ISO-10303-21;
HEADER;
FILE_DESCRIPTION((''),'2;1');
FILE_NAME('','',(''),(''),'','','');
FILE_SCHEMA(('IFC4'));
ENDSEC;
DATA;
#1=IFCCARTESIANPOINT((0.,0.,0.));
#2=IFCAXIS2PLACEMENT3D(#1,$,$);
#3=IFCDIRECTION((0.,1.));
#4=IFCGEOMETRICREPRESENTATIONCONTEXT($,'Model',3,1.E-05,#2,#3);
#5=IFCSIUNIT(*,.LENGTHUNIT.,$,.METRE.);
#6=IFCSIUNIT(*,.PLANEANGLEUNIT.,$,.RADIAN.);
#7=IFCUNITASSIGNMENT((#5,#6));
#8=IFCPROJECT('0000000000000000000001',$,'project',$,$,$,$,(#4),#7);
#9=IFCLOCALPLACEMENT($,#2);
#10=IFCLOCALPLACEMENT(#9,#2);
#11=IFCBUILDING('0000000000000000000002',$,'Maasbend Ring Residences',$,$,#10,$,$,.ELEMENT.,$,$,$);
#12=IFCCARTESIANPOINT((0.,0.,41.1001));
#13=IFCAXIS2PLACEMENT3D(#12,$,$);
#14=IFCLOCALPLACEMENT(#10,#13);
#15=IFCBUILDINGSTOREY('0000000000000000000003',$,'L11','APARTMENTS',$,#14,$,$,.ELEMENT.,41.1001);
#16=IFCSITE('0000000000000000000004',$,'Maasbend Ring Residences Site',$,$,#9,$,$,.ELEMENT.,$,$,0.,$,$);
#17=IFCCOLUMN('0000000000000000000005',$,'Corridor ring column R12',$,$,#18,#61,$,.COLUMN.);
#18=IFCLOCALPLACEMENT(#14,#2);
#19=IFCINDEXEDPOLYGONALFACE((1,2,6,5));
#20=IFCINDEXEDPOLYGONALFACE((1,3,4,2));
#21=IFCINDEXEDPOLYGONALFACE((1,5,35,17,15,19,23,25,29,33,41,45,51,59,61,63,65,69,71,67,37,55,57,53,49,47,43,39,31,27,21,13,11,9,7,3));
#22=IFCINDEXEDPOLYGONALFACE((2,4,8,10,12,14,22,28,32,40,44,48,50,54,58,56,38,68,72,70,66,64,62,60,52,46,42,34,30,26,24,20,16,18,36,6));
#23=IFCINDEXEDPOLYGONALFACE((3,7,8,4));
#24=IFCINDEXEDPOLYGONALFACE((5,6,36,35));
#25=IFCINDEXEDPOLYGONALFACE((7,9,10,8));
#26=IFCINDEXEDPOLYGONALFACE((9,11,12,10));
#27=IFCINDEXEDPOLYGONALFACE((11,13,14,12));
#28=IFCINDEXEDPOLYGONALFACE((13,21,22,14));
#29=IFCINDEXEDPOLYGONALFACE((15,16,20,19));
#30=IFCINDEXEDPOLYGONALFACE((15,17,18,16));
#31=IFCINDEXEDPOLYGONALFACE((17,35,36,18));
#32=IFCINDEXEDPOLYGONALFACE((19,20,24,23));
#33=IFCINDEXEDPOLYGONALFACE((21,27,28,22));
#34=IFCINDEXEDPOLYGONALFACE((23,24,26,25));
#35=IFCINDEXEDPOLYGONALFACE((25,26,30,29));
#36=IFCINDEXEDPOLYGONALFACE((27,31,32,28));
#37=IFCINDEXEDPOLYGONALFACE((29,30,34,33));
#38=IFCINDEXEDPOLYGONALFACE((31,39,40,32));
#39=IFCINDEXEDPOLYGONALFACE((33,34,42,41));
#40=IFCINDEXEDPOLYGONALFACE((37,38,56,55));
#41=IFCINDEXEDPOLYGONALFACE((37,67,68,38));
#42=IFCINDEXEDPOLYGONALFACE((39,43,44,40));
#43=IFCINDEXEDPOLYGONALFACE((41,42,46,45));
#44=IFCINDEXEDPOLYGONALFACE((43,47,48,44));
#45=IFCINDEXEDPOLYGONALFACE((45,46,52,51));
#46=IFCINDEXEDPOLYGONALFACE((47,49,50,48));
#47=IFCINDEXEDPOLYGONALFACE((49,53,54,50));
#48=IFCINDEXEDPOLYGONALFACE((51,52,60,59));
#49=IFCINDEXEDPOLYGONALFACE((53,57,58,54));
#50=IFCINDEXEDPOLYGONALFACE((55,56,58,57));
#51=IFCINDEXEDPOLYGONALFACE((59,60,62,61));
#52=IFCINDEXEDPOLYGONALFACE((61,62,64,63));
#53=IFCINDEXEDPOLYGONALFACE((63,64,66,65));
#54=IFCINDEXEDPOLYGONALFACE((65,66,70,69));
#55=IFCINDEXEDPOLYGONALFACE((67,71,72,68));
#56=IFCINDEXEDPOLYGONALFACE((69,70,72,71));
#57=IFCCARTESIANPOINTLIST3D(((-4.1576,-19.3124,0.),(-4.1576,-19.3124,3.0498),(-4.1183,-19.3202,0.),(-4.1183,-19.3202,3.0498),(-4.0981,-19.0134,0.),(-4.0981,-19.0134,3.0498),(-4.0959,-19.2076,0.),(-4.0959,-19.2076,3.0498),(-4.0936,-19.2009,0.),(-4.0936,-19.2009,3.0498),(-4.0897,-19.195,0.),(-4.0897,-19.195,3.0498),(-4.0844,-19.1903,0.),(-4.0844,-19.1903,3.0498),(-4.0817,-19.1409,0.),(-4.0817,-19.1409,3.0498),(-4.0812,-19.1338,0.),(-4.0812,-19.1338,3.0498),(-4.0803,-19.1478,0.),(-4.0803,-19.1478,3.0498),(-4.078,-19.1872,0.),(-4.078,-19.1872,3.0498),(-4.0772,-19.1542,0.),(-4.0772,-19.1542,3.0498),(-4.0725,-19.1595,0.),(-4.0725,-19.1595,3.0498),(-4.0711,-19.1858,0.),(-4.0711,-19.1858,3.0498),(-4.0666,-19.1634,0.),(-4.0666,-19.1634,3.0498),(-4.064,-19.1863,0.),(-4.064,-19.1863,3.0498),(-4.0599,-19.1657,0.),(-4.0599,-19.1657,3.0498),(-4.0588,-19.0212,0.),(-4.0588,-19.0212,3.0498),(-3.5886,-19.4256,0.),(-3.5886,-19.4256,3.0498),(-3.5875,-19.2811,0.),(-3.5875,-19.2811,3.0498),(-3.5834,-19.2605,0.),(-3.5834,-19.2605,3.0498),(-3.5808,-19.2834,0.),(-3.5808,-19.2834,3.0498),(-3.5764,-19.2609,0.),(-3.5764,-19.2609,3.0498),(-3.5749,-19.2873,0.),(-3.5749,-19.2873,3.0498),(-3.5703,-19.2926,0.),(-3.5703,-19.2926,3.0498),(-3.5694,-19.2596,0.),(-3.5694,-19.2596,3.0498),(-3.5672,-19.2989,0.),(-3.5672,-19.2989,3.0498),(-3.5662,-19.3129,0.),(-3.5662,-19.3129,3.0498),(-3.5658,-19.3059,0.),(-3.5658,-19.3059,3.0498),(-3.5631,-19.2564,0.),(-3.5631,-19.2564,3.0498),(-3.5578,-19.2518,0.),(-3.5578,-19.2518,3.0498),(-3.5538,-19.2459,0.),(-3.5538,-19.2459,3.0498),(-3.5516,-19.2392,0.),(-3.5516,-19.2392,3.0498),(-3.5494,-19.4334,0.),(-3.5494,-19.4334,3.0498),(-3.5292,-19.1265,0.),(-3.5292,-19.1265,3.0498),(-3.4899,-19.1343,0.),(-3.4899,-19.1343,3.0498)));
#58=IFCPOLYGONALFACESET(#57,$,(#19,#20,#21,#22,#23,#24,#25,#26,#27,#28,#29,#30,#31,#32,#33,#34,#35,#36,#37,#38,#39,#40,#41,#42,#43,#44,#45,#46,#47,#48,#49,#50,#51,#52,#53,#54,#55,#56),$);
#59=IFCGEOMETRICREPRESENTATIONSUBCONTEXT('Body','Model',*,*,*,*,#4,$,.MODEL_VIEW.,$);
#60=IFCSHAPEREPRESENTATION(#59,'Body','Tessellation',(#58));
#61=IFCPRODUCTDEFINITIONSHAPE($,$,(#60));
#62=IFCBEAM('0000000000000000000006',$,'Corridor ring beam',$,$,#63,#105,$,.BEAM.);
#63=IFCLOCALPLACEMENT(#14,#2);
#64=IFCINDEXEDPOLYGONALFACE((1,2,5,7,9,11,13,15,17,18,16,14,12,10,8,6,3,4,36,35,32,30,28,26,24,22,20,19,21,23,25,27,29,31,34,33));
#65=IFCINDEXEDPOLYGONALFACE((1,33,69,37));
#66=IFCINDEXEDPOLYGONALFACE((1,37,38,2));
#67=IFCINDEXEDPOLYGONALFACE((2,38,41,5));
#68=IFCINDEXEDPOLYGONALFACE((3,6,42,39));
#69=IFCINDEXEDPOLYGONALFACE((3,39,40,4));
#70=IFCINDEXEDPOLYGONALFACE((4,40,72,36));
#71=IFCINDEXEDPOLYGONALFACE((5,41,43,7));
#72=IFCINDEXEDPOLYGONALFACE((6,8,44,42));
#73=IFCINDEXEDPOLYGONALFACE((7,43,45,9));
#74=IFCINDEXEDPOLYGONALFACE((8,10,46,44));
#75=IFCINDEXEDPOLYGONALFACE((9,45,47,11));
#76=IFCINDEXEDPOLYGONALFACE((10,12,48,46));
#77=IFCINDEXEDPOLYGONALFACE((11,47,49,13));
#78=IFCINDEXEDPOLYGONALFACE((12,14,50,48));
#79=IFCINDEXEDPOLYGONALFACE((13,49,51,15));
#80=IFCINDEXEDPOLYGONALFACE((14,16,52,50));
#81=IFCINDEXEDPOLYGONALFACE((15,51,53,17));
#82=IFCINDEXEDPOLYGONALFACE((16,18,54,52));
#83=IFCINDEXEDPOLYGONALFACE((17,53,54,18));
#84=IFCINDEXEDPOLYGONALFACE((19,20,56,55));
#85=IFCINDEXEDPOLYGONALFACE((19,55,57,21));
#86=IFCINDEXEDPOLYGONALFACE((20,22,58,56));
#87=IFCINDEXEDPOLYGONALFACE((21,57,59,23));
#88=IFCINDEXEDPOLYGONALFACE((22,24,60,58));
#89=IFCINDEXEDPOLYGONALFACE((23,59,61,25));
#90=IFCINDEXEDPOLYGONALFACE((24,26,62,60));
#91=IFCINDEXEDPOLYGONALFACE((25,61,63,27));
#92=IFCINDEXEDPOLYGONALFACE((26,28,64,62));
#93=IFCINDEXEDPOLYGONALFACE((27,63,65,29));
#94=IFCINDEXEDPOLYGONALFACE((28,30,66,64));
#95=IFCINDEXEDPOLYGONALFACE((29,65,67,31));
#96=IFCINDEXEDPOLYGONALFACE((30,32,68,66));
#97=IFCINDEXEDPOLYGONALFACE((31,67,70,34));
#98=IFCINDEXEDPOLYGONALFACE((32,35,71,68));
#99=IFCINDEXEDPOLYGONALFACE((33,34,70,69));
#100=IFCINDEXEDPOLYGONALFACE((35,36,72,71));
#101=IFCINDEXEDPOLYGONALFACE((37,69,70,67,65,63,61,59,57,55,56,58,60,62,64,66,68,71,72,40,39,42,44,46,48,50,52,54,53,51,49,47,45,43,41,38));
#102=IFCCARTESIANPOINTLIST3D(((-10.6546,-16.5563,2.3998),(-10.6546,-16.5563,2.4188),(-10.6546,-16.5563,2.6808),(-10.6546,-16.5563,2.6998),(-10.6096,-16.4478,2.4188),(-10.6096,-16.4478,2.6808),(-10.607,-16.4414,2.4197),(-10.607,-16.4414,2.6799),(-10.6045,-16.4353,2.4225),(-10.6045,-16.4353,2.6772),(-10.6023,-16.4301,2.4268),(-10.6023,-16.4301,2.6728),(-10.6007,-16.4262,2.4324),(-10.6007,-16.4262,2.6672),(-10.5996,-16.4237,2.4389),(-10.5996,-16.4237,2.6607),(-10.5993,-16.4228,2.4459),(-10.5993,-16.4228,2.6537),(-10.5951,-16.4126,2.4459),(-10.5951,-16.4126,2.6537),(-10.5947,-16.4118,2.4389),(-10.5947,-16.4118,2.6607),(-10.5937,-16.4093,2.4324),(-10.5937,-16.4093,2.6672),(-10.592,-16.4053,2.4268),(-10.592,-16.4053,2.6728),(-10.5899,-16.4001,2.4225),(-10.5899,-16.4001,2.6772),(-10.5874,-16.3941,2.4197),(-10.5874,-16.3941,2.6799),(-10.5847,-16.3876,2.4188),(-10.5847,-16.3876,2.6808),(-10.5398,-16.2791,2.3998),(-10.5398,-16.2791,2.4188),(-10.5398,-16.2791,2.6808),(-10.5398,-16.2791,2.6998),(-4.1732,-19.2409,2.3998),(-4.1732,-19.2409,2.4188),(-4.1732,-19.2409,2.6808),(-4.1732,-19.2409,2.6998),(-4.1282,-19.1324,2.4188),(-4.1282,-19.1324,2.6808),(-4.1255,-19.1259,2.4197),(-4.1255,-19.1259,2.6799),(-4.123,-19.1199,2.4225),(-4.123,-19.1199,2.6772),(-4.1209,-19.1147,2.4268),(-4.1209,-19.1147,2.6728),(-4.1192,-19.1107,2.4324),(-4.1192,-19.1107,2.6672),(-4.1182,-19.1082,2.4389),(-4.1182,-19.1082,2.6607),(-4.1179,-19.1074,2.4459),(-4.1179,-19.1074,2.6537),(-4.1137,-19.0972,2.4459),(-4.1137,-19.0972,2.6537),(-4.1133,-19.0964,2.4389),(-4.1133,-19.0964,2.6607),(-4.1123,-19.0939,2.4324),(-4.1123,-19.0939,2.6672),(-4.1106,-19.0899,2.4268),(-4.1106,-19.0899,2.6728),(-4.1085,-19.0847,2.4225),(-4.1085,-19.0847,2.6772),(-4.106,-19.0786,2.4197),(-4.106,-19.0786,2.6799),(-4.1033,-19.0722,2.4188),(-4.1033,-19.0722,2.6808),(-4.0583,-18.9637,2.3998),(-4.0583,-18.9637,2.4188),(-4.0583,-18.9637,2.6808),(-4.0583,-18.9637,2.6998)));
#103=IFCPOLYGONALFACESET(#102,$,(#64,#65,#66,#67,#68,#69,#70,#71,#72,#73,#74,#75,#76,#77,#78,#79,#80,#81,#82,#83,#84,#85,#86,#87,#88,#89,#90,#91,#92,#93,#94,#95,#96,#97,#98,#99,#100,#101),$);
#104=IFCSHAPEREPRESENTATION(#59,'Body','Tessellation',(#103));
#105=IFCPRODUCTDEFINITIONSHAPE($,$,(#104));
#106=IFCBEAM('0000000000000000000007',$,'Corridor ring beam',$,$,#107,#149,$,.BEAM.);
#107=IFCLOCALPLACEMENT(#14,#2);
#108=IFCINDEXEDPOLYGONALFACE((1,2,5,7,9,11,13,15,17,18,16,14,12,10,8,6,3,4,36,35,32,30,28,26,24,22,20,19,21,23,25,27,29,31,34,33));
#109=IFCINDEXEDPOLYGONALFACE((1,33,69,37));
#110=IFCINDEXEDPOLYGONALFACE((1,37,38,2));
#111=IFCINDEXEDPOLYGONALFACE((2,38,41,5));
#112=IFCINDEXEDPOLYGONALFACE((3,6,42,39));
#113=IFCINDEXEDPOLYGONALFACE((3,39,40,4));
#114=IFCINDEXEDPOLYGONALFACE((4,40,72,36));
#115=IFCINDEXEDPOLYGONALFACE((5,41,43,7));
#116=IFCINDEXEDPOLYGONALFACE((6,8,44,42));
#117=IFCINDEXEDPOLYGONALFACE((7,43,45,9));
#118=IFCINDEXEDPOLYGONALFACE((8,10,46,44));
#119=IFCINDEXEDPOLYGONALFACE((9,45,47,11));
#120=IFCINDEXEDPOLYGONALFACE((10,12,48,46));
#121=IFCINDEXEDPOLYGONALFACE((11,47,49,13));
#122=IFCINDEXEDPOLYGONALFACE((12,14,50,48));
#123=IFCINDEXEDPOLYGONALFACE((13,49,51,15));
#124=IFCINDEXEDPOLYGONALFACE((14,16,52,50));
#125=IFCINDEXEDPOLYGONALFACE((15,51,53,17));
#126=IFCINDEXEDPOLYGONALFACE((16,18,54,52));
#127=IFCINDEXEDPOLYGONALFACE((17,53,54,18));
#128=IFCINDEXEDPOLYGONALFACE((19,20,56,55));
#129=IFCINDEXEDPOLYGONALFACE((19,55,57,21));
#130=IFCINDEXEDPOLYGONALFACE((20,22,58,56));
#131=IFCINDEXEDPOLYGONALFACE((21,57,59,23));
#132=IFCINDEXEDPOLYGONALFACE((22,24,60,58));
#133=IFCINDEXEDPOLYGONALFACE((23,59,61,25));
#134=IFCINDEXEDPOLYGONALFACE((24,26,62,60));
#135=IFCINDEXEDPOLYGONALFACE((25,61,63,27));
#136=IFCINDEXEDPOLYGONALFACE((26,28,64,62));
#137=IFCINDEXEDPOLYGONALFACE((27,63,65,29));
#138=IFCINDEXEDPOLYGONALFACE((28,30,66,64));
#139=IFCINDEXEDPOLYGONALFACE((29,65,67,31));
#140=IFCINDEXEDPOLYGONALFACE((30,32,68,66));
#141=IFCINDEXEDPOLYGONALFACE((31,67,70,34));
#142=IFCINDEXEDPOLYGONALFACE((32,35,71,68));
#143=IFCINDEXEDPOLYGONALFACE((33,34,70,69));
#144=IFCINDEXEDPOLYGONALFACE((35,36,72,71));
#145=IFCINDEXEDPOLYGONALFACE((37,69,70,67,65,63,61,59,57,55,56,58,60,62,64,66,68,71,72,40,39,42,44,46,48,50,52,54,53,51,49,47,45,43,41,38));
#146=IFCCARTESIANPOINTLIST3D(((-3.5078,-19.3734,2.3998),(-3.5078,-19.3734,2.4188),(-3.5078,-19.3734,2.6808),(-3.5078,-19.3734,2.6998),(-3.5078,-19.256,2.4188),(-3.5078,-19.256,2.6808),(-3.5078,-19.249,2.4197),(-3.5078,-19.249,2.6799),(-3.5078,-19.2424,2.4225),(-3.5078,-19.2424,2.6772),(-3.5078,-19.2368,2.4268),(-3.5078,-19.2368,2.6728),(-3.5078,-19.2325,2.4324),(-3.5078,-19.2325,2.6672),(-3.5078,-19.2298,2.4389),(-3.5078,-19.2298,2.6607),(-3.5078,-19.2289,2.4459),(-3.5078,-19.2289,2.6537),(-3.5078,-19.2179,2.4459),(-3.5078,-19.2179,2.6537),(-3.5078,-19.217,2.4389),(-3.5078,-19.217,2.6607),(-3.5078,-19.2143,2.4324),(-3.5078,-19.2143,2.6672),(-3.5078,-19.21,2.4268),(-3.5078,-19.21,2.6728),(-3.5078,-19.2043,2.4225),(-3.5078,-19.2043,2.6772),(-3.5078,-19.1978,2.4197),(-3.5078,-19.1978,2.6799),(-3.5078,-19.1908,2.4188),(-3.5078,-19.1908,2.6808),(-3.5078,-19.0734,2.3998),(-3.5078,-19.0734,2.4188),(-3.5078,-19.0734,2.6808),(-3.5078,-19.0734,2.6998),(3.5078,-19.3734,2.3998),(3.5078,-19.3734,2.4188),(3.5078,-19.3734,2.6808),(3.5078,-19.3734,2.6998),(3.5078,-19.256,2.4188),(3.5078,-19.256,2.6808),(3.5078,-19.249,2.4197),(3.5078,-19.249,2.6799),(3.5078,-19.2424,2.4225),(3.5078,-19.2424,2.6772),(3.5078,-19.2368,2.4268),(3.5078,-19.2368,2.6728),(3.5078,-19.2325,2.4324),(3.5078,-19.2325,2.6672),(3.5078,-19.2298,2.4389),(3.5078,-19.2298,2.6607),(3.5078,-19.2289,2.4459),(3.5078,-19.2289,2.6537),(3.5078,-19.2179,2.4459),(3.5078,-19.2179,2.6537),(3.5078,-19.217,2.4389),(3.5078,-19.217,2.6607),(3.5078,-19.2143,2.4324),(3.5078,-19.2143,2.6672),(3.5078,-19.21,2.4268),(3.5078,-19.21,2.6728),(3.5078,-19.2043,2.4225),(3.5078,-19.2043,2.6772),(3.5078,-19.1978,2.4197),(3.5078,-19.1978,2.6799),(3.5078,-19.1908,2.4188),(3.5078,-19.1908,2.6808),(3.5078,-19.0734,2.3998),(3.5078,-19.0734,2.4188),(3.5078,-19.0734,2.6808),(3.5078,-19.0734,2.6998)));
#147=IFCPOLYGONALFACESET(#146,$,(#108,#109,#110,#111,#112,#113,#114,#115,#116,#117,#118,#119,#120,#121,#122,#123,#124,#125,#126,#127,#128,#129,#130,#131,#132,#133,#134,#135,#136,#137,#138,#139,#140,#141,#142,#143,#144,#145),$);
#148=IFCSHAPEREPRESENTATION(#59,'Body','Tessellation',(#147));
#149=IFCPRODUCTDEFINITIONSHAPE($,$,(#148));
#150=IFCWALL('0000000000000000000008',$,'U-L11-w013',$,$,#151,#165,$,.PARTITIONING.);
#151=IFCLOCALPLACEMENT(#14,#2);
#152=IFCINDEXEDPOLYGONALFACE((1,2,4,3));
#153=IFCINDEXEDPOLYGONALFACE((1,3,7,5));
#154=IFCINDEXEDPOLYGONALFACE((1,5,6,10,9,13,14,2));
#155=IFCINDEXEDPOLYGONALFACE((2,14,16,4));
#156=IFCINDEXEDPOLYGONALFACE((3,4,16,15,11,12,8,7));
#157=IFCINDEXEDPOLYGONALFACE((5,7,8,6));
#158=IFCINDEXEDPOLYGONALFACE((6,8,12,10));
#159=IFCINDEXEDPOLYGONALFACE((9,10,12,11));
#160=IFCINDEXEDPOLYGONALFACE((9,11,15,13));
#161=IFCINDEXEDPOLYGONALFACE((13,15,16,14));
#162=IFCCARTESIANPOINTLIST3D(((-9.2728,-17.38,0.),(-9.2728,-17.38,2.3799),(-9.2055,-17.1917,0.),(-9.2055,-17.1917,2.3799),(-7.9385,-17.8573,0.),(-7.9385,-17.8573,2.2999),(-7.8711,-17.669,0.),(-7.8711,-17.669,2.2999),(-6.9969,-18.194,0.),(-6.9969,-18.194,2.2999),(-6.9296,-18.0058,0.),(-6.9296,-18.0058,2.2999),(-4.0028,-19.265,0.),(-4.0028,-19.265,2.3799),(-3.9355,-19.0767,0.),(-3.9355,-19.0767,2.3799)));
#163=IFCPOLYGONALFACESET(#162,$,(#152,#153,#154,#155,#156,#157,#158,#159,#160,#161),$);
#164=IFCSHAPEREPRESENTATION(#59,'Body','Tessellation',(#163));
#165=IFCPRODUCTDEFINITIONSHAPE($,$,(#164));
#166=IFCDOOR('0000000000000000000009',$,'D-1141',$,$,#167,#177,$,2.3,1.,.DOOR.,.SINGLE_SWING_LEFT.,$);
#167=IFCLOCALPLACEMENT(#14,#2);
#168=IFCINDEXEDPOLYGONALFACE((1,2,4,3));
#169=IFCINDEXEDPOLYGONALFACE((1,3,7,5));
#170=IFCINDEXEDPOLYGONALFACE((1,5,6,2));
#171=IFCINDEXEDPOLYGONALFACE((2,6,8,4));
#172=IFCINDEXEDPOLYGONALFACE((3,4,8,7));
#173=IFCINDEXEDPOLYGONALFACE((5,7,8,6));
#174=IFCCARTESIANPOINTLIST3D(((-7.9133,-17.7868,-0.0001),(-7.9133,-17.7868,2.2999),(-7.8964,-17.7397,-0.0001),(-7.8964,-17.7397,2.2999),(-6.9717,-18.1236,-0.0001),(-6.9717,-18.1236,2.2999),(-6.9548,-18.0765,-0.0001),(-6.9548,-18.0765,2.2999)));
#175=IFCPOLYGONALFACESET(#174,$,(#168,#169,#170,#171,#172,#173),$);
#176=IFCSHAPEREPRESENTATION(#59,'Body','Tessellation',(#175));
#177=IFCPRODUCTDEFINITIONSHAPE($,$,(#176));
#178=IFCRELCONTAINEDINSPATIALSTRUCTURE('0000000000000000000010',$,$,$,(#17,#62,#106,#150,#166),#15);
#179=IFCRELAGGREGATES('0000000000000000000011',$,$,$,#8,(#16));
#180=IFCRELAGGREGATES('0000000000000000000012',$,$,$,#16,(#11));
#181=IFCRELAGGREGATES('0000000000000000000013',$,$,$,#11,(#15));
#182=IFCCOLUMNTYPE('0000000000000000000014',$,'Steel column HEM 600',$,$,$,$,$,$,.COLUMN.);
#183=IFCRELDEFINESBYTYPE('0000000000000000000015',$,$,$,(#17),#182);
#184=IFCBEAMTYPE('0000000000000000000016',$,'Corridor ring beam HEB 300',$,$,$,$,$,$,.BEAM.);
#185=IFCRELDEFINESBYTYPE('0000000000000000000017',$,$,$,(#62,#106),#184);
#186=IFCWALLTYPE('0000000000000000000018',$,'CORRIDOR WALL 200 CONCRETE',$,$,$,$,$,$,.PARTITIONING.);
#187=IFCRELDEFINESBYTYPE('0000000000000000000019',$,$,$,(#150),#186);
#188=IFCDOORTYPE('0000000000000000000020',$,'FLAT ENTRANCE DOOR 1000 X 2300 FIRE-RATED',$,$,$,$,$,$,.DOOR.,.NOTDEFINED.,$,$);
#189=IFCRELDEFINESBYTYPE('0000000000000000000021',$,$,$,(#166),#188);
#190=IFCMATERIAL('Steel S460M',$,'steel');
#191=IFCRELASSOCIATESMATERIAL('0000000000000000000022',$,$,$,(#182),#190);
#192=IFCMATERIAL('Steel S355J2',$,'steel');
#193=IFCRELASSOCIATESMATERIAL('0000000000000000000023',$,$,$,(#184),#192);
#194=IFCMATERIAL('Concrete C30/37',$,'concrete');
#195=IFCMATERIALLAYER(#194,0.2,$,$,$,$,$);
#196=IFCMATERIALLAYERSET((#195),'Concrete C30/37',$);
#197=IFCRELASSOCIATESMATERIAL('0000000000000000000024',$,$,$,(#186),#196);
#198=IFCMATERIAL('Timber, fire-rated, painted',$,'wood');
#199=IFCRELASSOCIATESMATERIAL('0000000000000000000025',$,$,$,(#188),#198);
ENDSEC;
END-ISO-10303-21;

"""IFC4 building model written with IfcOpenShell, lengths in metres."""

from ifc_helpers import new_model, si_unit, direction, frame, frame_2d, origin, origin_2d, place, context, subcontext, project, spatial, rectangle, i_section, extrude, material, layer, layer_set, material_profile, profile_set, type_object, element, fill, save


model = new_model("IFC4")

# Units and contexts
model_context = context("Model", 3, precision=1e-05, world=origin(), true_north=direction((0.0, 1.0)))
body_context = subcontext(model_context, "Body", "Model", "MODEL_VIEW")
ifc_project = project(units=[si_unit("LENGTHUNIT", "METRE"), si_unit("PLANEANGLEUNIT", "RADIAN")], contexts=[model_context])

# Site, building, storey
site_placement = place(None, origin())
site = spatial("IfcSite", under=ifc_project, at=site_placement, Name="Maasbend Ring Residences Site", CompositionType="ELEMENT", RefElevation=0.0)
building_placement = place(site_placement, origin())
building = spatial("IfcBuilding", under=site, at=building_placement, Name="Maasbend Ring Residences", CompositionType="ELEMENT")
storey_placement = place(building_placement, frame((0.0, 0.0, 41.1001)))
storey = spatial("IfcBuildingStorey", under=building, at=storey_placement, Name="L11", Description="APARTMENTS", CompositionType="ELEMENT", Elevation=41.1001)

# Column
ifc_material_1 = material(Name="Steel S460M", Category="steel")
ifc_material_profile_1 = material_profile(ifc_material_1, i_section(OverallWidth=0.3049, OverallDepth=0.6201, WebThickness=0.021, FlangeThickness=0.04, FilletRadius=0.0271, at=origin_2d()), Name="HEM 600")
ifc_profile_set_1 = profile_set([ifc_material_profile_1], Name="Steel S460M")
column_type = type_object("IfcColumnType", Name="Steel column HEM 600", PredefinedType="COLUMN", material=ifc_profile_set_1)
column_placement = place(storey_placement, frame((-3.8237, -19.2234, 0.0), z_axis=(0.0, 0.0, 1.0), x_axis=(-0.19509, -0.980785, 0.0)))
element("IfcColumn", 1, at=column_placement, inside=storey, type_object=column_type, Name="Corridor ring column R12", PredefinedType="COLUMN", context=body_context, shape_type="SweptSolid", body=[
    extrude(i_section(OverallWidth=0.3049, OverallDepth=0.6201, WebThickness=0.021, FlangeThickness=0.04, FilletRadius=0.0271, at=origin_2d()), origin(), (0.0, 0.0, 1.0), 3.0498),
])

# Beams
ifc_material_2 = material(Name="Steel S355J2", Category="steel")
ifc_material_profile_2 = material_profile(ifc_material_2, i_section(OverallWidth=0.3, OverallDepth=0.3, WebThickness=0.011, FlangeThickness=0.019, FilletRadius=0.0271, at=origin_2d()), Name="HEB 300")
ifc_profile_set_2 = profile_set([ifc_material_profile_2], Name="Steel S355J2")
beam_type = type_object("IfcBeamType", Name="Corridor ring beam HEB 300", PredefinedType="BEAM", material=ifc_profile_set_2)
beam_1_placement = place(storey_placement, frame((-10.5972, -16.4177, 2.5498), z_axis=(0.923886, -0.382667, 0.0), x_axis=(0.382667, 0.923886, 0.0)))
element("IfcBeam", 2, at=beam_1_placement, inside=storey, type_object=beam_type, Name="Corridor ring beam", PredefinedType="BEAM", context=body_context, shape_type="SweptSolid", body=[
    extrude(i_section(OverallWidth=0.3, OverallDepth=0.3, WebThickness=0.011, FlangeThickness=0.019, FilletRadius=0.0271, at=origin_2d()), origin(), (0.0, 0.0, 1.0), 7.0154),
])
beam_2_placement = place(storey_placement, frame((-3.5078, -19.2234, 2.5498), z_axis=(1.0, 0.0, 0.0), x_axis=(0.0, 1.0, 0.0)))
element("IfcBeam", 3, at=beam_2_placement, inside=storey, type_object=beam_type, Name="Corridor ring beam", PredefinedType="BEAM", context=body_context, shape_type="SweptSolid", body=[
    extrude(i_section(OverallWidth=0.3, OverallDepth=0.3, WebThickness=0.011, FlangeThickness=0.019, FilletRadius=0.0271, at=origin_2d()), origin(), (0.0, 0.0, 1.0), 7.0156),
])

# Wall, opening, door
ifc_material_3 = material(Name="Concrete C30/37", Category="concrete")
ifc_layer_1 = layer(ifc_material_3, 0.2)
ifc_layer_set_1 = layer_set([ifc_layer_1], Name="Concrete C30/37")
wall_type_1 = type_object("IfcWallType", Name="CORRIDOR WALL 200 CONCRETE", PredefinedType="PARTITIONING", material=ifc_layer_set_1)
wall_1_placement = place(storey_placement, frame((-9.239, -17.2859, 0.0), z_axis=(0.0, 0.0, 1.0), x_axis=(0.94158, -0.33679, 0.0)))
wall_1 = element("IfcWall", 4, at=wall_1_placement, inside=storey, type_object=wall_type_1, Name="U-L11-w013", PredefinedType="PARTITIONING", context=body_context, shape_type="SweptSolid", body=[
    extrude(rectangle(XDim=5.5969, YDim=0.2, at=frame_2d((2.7983, 0.0))), origin(), (0.0, 0.0, 1.0), 2.3799),
])
opening_1_placement = place(wall_1_placement, frame((1.417, 0.0, 0.0)))
opening_1 = element("IfcOpeningElement", 5, at=opening_1_placement, cuts=wall_1, PredefinedType="OPENING", context=body_context, shape_type="SweptSolid", body=[
    extrude(rectangle(XDim=1.0, YDim=2.3, at=frame_2d((0.5, 1.1499))), frame((0.0, 0.1099, 0.0), z_axis=(0.0, -1.0, 0.0), x_axis=(1.0, 0.0, 0.0)), (0.0, 0.0, 1.0), 0.22),
])
ifc_material_4 = material(Name="Timber, fire-rated, painted", Category="wood")
door_type_1 = type_object("IfcDoorType", Name="FLAT ENTRANCE DOOR 1000 X 2300 FIRE-RATED", OperationType="NOTDEFINED", PredefinedType="DOOR", material=ifc_material_4)
door_1_placement = place(opening_1_placement, origin())
door_1 = element("IfcDoor", 6, at=door_1_placement, inside=storey, type_object=door_type_1, Name="D-1141", OperationType="SINGLE_SWING_LEFT", OverallHeight=2.3, OverallWidth=1.0, PredefinedType="DOOR", context=body_context, shape_type="SweptSolid", body=[
    extrude(rectangle(XDim=1.0, YDim=2.3, at=frame_2d((0.5, 1.1499))), frame((0.0, 0.0249, 0.0), z_axis=(0.0, -1.0, 0.0), x_axis=(1.0, 0.0, 0.0)), (0.0, 0.0, 1.0), 0.05),
])
fill(opening_1, door_1)

save(model, "model.ifc")
